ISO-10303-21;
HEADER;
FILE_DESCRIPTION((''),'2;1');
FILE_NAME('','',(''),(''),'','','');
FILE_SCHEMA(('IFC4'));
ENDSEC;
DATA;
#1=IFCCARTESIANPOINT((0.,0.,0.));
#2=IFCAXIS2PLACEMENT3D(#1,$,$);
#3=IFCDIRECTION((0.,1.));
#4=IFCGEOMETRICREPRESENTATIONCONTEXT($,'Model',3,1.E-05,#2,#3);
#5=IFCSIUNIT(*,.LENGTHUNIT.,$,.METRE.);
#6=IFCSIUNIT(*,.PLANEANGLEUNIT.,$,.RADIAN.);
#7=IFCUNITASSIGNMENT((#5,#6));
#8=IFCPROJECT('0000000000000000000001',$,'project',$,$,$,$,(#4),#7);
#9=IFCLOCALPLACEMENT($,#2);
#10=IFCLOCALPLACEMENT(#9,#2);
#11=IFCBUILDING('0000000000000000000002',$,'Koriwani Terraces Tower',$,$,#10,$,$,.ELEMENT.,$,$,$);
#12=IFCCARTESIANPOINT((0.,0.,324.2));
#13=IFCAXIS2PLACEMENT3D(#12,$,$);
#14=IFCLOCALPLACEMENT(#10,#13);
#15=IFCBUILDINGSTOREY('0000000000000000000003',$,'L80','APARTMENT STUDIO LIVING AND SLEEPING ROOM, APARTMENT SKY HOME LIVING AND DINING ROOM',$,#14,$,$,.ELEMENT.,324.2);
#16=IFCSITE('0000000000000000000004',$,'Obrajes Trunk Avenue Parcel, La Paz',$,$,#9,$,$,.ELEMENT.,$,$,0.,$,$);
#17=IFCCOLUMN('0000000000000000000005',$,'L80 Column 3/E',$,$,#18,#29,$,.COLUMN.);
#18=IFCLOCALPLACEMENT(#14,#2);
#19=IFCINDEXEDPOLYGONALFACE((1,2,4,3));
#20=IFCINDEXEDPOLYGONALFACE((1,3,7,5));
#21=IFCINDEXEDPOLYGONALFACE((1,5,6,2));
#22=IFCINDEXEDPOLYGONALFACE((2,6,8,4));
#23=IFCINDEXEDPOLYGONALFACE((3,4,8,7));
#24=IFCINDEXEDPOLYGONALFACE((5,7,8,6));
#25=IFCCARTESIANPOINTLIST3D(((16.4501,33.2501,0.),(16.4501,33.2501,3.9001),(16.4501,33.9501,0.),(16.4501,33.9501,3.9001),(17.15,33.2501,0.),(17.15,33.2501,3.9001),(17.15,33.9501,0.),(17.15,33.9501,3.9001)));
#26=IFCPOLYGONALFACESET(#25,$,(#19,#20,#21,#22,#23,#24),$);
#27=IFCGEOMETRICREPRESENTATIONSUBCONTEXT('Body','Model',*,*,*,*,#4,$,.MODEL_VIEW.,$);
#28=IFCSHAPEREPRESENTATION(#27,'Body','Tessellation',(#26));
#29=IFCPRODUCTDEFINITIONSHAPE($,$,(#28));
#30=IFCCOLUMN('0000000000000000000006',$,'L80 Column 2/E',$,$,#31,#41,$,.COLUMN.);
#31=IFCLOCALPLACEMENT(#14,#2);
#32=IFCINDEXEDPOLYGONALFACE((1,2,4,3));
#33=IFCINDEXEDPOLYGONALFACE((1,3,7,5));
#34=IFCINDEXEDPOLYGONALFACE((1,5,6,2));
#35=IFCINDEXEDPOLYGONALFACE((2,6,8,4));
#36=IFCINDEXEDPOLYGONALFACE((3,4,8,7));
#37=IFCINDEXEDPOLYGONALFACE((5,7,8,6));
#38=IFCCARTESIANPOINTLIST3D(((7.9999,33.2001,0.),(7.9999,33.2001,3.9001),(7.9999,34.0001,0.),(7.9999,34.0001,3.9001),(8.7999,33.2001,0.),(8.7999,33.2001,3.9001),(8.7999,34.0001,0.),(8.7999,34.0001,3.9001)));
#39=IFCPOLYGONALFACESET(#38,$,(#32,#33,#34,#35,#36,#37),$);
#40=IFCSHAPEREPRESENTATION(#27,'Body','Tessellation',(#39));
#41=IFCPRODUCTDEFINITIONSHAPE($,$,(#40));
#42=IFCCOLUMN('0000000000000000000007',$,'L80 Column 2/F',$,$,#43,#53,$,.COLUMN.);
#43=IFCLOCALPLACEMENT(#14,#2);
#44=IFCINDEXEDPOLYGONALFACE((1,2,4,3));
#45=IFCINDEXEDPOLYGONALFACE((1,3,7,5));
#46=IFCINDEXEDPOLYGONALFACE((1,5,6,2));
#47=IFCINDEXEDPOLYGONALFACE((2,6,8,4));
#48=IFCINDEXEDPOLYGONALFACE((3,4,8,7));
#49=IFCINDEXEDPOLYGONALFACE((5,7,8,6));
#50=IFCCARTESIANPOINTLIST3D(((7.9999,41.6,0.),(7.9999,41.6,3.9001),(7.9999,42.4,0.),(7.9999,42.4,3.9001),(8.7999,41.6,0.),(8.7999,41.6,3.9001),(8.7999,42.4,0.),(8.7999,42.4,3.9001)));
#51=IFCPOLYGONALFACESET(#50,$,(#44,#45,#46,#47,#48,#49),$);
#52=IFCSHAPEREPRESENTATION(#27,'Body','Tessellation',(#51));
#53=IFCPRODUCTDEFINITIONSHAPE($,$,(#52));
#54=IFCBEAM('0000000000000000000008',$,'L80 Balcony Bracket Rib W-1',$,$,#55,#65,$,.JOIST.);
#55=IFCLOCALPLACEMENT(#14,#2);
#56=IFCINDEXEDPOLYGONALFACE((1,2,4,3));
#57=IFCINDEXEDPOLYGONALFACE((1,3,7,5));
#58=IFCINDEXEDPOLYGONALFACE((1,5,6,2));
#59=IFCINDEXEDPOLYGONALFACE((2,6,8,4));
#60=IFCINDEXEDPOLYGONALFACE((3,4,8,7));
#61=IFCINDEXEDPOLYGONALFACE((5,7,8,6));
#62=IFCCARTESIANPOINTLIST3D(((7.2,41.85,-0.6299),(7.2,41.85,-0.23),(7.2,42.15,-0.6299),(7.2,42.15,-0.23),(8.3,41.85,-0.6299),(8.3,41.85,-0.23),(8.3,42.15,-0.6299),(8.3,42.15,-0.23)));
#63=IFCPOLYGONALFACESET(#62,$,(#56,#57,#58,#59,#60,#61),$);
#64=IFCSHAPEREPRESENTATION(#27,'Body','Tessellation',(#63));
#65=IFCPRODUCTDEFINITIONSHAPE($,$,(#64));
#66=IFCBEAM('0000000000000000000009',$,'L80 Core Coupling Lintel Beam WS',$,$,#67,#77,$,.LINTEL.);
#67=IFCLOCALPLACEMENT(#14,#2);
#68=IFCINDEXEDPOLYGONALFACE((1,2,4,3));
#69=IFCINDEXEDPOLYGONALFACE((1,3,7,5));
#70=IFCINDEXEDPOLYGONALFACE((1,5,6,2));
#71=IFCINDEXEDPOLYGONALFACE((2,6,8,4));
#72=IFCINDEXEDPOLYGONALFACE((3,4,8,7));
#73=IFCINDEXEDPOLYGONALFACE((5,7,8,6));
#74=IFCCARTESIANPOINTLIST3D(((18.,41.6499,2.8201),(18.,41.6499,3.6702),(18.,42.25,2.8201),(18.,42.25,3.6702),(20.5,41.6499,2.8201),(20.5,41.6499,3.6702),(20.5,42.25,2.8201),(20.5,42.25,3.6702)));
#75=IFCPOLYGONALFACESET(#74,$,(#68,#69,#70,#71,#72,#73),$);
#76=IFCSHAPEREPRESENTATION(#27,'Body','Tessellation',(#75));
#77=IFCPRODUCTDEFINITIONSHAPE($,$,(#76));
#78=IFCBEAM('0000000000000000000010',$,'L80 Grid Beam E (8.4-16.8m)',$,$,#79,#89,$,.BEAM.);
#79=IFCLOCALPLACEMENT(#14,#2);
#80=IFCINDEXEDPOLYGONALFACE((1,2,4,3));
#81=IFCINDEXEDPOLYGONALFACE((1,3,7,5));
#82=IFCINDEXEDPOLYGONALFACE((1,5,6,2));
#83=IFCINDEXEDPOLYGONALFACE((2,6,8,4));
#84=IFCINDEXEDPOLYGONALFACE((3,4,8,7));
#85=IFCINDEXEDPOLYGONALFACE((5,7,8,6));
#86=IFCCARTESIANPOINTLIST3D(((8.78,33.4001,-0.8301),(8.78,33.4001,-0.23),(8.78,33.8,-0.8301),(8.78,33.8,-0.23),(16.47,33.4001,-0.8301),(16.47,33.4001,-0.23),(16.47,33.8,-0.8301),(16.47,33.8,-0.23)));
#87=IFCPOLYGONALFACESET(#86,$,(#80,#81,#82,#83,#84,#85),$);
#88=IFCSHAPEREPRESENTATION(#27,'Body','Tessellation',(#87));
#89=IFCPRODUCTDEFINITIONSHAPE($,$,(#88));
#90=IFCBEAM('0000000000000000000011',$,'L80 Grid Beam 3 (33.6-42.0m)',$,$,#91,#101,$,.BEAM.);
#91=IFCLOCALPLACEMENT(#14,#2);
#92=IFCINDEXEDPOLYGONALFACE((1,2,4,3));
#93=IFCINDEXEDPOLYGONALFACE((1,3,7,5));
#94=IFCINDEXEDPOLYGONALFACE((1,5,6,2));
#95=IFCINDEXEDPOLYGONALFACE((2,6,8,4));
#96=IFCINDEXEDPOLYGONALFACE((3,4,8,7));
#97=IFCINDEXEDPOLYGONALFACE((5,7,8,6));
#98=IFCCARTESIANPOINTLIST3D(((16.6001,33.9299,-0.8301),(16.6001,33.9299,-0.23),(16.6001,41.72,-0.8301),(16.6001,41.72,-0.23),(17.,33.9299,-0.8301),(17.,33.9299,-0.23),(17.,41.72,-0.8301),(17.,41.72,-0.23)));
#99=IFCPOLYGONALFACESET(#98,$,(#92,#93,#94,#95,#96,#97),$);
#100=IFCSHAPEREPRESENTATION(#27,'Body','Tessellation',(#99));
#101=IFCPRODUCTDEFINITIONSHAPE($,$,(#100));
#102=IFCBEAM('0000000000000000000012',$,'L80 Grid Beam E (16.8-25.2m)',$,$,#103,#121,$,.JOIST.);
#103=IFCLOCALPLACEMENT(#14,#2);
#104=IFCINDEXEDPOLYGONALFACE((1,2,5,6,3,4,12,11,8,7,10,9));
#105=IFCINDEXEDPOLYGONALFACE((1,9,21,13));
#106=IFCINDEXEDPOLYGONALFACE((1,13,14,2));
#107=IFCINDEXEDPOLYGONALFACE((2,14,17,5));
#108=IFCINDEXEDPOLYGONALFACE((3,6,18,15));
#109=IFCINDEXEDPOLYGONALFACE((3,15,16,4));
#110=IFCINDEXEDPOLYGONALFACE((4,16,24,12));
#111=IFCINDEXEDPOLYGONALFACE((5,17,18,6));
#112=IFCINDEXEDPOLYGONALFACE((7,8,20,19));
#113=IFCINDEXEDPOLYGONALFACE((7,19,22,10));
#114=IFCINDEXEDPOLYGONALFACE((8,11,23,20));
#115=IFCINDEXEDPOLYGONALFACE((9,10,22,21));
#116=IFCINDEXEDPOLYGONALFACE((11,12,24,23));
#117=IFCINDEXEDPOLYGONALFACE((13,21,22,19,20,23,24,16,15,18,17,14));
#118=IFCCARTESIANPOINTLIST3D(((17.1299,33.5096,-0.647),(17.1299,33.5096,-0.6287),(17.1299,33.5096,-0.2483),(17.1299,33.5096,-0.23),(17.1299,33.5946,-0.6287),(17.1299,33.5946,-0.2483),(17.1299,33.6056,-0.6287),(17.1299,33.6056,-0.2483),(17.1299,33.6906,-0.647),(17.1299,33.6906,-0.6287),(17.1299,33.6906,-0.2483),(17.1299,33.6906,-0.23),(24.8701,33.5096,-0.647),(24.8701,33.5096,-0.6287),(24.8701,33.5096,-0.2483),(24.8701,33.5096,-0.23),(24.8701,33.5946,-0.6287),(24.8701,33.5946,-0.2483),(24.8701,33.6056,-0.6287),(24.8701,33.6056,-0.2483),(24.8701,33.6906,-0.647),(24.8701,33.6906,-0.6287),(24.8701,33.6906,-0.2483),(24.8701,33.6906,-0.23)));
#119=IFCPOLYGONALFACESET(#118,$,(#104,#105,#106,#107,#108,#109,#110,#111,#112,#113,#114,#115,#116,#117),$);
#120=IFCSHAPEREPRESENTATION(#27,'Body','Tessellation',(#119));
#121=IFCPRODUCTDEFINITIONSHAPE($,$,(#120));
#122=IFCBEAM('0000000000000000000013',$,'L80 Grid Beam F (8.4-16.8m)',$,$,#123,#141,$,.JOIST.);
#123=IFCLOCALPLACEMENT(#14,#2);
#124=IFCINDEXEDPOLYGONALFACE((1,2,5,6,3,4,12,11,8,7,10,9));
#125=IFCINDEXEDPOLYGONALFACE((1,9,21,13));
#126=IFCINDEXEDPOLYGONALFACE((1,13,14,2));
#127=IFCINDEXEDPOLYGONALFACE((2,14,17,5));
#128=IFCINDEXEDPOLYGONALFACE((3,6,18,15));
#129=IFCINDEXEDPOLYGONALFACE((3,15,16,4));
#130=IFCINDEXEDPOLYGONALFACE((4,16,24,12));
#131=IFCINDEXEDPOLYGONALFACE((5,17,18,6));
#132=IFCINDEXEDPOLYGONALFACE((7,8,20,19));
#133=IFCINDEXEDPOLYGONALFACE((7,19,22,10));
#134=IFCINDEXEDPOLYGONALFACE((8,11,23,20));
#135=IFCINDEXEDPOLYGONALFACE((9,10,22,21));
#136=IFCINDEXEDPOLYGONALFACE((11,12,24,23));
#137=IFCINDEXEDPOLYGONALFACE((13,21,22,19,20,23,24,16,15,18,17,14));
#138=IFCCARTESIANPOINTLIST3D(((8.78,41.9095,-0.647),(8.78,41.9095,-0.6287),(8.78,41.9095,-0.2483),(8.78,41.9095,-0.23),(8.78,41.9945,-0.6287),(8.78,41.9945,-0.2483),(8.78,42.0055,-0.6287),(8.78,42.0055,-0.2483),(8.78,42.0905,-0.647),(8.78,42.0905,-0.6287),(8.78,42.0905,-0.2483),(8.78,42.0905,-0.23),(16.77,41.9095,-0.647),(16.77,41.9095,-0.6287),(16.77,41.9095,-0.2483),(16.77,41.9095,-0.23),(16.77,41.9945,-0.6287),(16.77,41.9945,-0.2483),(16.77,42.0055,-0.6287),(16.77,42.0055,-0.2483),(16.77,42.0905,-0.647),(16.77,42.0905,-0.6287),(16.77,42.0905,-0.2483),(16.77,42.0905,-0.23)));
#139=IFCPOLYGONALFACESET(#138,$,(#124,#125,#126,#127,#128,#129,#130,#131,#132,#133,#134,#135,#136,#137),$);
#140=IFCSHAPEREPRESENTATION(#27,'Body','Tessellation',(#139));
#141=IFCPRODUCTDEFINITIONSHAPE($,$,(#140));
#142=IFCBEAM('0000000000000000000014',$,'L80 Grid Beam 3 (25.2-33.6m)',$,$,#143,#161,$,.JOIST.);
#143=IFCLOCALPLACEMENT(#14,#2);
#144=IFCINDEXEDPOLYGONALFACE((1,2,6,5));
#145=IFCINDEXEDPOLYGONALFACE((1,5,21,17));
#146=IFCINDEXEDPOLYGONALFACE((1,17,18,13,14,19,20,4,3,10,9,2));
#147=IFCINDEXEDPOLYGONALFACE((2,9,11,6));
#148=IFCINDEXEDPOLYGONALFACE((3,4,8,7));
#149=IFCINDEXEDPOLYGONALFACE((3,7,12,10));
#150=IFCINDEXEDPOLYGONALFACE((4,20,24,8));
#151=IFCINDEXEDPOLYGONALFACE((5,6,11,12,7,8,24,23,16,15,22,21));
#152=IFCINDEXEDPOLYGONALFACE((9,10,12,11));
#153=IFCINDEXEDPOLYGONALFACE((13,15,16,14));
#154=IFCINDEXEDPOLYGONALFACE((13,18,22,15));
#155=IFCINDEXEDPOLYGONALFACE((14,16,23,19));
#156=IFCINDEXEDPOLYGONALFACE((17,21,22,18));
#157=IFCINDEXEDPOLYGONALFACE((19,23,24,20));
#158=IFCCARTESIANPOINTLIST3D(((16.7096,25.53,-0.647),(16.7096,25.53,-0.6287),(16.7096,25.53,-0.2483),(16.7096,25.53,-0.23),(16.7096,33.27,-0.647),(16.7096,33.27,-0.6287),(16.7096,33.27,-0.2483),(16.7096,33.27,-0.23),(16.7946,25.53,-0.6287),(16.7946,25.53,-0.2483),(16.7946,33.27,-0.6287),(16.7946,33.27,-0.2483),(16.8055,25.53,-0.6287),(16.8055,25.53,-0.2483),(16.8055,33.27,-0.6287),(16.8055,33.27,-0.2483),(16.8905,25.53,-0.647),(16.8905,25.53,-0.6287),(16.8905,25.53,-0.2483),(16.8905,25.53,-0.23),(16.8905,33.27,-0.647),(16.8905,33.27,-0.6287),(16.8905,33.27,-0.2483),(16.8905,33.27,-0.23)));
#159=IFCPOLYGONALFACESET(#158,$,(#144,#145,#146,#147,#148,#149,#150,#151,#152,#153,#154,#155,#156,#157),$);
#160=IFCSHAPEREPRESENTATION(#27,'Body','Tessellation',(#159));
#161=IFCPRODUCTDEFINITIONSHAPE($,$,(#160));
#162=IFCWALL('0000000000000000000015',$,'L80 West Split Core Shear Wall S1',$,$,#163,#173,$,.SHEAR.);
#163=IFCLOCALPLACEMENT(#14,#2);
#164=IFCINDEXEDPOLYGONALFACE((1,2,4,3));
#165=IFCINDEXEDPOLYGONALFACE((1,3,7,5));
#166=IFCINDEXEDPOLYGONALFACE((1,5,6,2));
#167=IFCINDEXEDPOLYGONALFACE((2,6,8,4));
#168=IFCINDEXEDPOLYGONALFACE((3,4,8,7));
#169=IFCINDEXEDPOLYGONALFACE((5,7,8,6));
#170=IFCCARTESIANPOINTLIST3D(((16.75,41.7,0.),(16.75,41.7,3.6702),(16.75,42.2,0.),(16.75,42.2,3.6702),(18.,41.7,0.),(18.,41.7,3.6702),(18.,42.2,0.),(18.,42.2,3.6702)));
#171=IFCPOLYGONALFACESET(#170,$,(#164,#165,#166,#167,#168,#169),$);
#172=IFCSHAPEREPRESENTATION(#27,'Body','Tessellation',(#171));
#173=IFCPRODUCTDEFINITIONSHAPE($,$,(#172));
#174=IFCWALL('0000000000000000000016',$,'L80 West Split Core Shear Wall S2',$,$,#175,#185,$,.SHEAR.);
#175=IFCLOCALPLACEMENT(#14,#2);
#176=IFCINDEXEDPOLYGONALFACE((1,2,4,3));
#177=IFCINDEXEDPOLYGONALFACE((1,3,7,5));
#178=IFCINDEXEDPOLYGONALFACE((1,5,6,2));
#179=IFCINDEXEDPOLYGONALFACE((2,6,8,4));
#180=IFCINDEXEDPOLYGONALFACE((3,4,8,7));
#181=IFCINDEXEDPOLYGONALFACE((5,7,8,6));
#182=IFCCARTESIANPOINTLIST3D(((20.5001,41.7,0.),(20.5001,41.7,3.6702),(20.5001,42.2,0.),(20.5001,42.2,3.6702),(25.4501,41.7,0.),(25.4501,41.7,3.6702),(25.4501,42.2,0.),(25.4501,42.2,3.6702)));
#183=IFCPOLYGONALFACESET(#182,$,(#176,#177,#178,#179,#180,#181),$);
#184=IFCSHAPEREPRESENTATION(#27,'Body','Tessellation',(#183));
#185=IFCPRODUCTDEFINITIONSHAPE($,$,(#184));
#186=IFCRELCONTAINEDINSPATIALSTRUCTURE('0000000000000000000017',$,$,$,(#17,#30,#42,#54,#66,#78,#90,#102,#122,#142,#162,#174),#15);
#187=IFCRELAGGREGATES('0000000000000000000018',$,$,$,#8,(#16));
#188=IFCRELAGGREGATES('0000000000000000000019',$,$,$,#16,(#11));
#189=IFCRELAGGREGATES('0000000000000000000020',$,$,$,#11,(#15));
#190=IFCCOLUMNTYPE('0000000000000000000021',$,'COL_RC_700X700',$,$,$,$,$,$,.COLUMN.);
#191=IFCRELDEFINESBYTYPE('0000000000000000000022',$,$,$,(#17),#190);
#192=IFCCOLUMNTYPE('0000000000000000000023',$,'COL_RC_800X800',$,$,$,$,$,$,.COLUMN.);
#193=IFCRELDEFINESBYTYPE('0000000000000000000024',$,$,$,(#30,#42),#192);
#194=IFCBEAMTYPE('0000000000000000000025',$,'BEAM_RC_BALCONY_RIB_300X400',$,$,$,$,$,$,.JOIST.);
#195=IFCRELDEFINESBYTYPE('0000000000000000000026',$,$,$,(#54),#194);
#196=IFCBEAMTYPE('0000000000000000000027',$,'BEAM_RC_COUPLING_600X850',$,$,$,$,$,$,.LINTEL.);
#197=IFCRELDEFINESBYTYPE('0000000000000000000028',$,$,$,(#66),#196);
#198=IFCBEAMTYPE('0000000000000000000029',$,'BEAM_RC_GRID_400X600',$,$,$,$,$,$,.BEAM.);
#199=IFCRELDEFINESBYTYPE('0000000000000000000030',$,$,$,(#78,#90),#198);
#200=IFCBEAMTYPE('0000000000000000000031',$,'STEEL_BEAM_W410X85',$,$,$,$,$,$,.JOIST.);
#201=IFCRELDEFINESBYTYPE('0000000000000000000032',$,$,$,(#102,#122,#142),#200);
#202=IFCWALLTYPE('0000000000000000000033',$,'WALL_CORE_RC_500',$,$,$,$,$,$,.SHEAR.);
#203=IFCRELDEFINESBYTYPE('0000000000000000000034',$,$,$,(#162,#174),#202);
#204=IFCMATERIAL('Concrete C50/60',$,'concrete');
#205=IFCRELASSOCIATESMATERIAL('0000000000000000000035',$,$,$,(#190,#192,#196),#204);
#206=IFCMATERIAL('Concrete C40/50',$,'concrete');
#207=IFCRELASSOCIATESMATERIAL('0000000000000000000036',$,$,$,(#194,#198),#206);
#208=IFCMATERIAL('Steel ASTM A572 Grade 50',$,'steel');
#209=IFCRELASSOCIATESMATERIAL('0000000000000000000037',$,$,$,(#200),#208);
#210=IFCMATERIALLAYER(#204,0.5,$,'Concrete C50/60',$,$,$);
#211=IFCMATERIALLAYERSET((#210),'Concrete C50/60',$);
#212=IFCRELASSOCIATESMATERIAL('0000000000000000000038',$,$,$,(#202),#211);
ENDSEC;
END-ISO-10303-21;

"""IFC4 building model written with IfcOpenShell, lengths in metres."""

from ifc_helpers import new_model, si_unit, direction, frame, frame_2d, origin, origin_2d, place, context, subcontext, project, spatial, rectangle, i_section, extrude, material, layer, layer_set, material_profile, profile_set, type_object, element, save


model = new_model("IFC4")

# Units and contexts
model_context = context("Model", 3, precision=1e-05, world=origin(), true_north=direction((0.0, 1.0)))
body_context = subcontext(model_context, "Body", "Model", "MODEL_VIEW")
ifc_project = project(units=[si_unit("LENGTHUNIT", "METRE"), si_unit("PLANEANGLEUNIT", "RADIAN")], contexts=[model_context])

# Site, building, storey
site_placement = place(None, origin())
site = spatial("IfcSite", under=ifc_project, at=site_placement, Name="Obrajes Trunk Avenue Parcel, La Paz", CompositionType="ELEMENT", RefElevation=0.0)
building_placement = place(site_placement, origin())
building = spatial("IfcBuilding", under=site, at=building_placement, Name="Koriwani Terraces Tower", CompositionType="ELEMENT")
storey_placement = place(building_placement, frame((0.0, 0.0, 324.2)))
storey = spatial("IfcBuildingStorey", under=building, at=storey_placement, Name="L80", Description="APARTMENT STUDIO LIVING AND SLEEPING ROOM, APARTMENT SKY HOME LIVING AND DINING ROOM", CompositionType="ELEMENT", Elevation=324.2)

# Columns
ifc_material_1 = material(Name="Concrete C50/60", Category="concrete")
ifc_material_profile_1 = material_profile(ifc_material_1, rectangle(XDim=0.7, YDim=0.7, at=origin_2d()), Name="Concrete C50/60", Category="LoadBearing")
ifc_profile_set_1 = profile_set([ifc_material_profile_1], Name="Concrete C50/60")
column_type_1 = type_object("IfcColumnType", Name="COL_RC_700X700", PredefinedType="COLUMN", material=ifc_profile_set_1)
column_placement = place(storey_placement, frame((16.8, 33.6001, 0.0), z_axis=(0.0, 0.0, 1.0), x_axis=(1.0, 0.0, 0.0)))
element("IfcColumn", 1, at=column_placement, inside=storey, type_object=column_type_1, Name="L80 Column 3/E", PredefinedType="COLUMN", context=body_context, shape_type="SweptSolid", body=[
    extrude(rectangle(XDim=0.7, YDim=0.7, at=origin_2d()), origin(), (0.0, 0.0, 1.0), 3.9001),
])
ifc_material_profile_2 = material_profile(ifc_material_1, rectangle(XDim=0.8, YDim=0.8, at=origin_2d()), Name="Concrete C50/60", Category="LoadBearing")
ifc_profile_set_2 = profile_set([ifc_material_profile_2], Name="Concrete C50/60")
column_type_2 = type_object("IfcColumnType", Name="COL_RC_800X800", PredefinedType="COLUMN", material=ifc_profile_set_2)
for number, where, z_axis, x_axis, name in (
    (2, (8.3999, 33.6001, 0.0), (0.0, 0.0, 1.0), (1.0, 0.0, 0.0), "L80 Column 2/E"),
    (3, (8.3999, 42.0, 0.0), (0.0, 0.0, 1.0), (1.0, 0.0, 0.0), "L80 Column 2/F"),
):
    element("IfcColumn", number, at=place(storey_placement, frame(where, z_axis=z_axis, x_axis=x_axis)), inside=storey, type_object=column_type_2, Name=name, PredefinedType="COLUMN", context=body_context, shape_type="SweptSolid", body=[
        extrude(rectangle(XDim=0.8, YDim=0.8, at=origin_2d()), origin(), (0.0, 0.0, 1.0), 3.9001),
    ])

# Beams
ifc_material_2 = material(Name="Concrete C40/50", Category="concrete")
ifc_material_profile_3 = material_profile(ifc_material_2, rectangle(XDim=0.3, YDim=0.3999, at=origin_2d()), Name="Concrete C40/50", Category="LoadBearing")
ifc_profile_set_3 = profile_set([ifc_material_profile_3], Name="Concrete C40/50")
beam_type_1 = type_object("IfcBeamType", Name="BEAM_RC_BALCONY_RIB_300X400", PredefinedType="JOIST", material=ifc_profile_set_3)
beam_1_placement = place(storey_placement, frame((7.2, 42.0, -0.4299), z_axis=(1.0, 0.0, 0.0), x_axis=(0.0, 1.0, 0.0)))
element("IfcBeam", 4, at=beam_1_placement, inside=storey, type_object=beam_type_1, Name="L80 Balcony Bracket Rib W-1", PredefinedType="JOIST", context=body_context, shape_type="SweptSolid", body=[
    extrude(rectangle(XDim=0.3, YDim=0.3999, at=origin_2d()), origin(), (0.0, 0.0, 1.0), 1.1001),
])
ifc_material_profile_4 = material_profile(ifc_material_1, rectangle(XDim=0.6001, YDim=0.8501, at=origin_2d()), Name="Concrete C50/60", Category="LoadBearing")
ifc_profile_set_4 = profile_set([ifc_material_profile_4], Name="Concrete C50/60")
beam_type_2 = type_object("IfcBeamType", Name="BEAM_RC_COUPLING_600X850", PredefinedType="LINTEL", material=ifc_profile_set_4)
beam_2_placement = place(storey_placement, frame((18.0, 41.95, 3.2451), z_axis=(1.0, 0.0, 0.0), x_axis=(0.0, 1.0, 0.0)))
element("IfcBeam", 5, at=beam_2_placement, inside=storey, type_object=beam_type_2, Name="L80 Core Coupling Lintel Beam WS", PredefinedType="LINTEL", context=body_context, shape_type="SweptSolid", body=[
    extrude(rectangle(XDim=0.6001, YDim=0.8501, at=origin_2d()), origin(), (0.0, 0.0, 1.0), 2.5),
])
ifc_material_profile_5 = material_profile(ifc_material_2, rectangle(XDim=0.3999, YDim=0.6001, at=origin_2d()), Name="Concrete C40/50", Category="LoadBearing")
ifc_profile_set_5 = profile_set([ifc_material_profile_5], Name="Concrete C40/50")
beam_type_3 = type_object("IfcBeamType", Name="BEAM_RC_GRID_400X600", PredefinedType="BEAM", material=ifc_profile_set_5)
beam_3_placement = place(storey_placement, frame((8.78, 33.6001, -0.53), z_axis=(1.0, 0.0, 0.0), x_axis=(0.0, 1.0, 0.0)))
element("IfcBeam", 6, at=beam_3_placement, inside=storey, type_object=beam_type_3, Name="L80 Grid Beam E (8.4-16.8m)", PredefinedType="BEAM", context=body_context, shape_type="SweptSolid", body=[
    extrude(rectangle(XDim=0.3999, YDim=0.6001, at=origin_2d()), origin(), (0.0, 0.0, 1.0), 7.6899),
])
beam_4_placement = place(storey_placement, frame((16.8, 33.9299, -0.53), z_axis=(0.0, 1.0, 0.0), x_axis=(-1.0, 0.0, 0.0)))
element("IfcBeam", 7, at=beam_4_placement, inside=storey, type_object=beam_type_3, Name="L80 Grid Beam 3 (33.6-42.0m)", PredefinedType="BEAM", context=body_context, shape_type="SweptSolid", body=[
    extrude(rectangle(XDim=0.3999, YDim=0.6001, at=origin_2d()), origin(), (0.0, 0.0, 1.0), 7.79),
])
ifc_material_3 = material(Name="Steel ASTM A572 Grade 50", Category="steel")
ifc_material_profile_6 = material_profile(ifc_material_3, i_section(OverallWidth=0.1809, OverallDepth=0.417, WebThickness=0.011, FlangeThickness=0.0183, at=origin_2d()), Name="Steel ASTM A572 Grade 50", Category="LoadBearing")
ifc_profile_set_6 = profile_set([ifc_material_profile_6], Name="Steel ASTM A572 Grade 50")
beam_type_4 = type_object("IfcBeamType", Name="STEEL_BEAM_W410X85", PredefinedType="JOIST", material=ifc_profile_set_6)
beam_5_placement = place(storey_placement, frame((17.1299, 33.6001, -0.4385), z_axis=(1.0, 0.0, 0.0), x_axis=(0.0, 1.0, 0.0)))
element("IfcBeam", 8, at=beam_5_placement, inside=storey, type_object=beam_type_4, Name="L80 Grid Beam E (16.8-25.2m)", PredefinedType="JOIST", context=body_context, shape_type="SweptSolid", body=[
    extrude(i_section(OverallWidth=0.1809, OverallDepth=0.417, WebThickness=0.011, FlangeThickness=0.0183, at=origin_2d()), origin(), (0.0, 0.0, 1.0), 7.7402),
])
beam_6_placement = place(storey_placement, frame((8.78, 42.0, -0.4385), z_axis=(1.0, 0.0, 0.0), x_axis=(0.0, 1.0, 0.0)))
element("IfcBeam", 9, at=beam_6_placement, inside=storey, type_object=beam_type_4, Name="L80 Grid Beam F (8.4-16.8m)", PredefinedType="JOIST", context=body_context, shape_type="SweptSolid", body=[
    extrude(i_section(OverallWidth=0.1809, OverallDepth=0.417, WebThickness=0.011, FlangeThickness=0.0183, at=origin_2d()), origin(), (0.0, 0.0, 1.0), 7.99),
])
beam_7_placement = place(storey_placement, frame((16.8, 25.53, -0.4385), z_axis=(0.0, 1.0, 0.0), x_axis=(-1.0, 0.0, 0.0)))
element("IfcBeam", 10, at=beam_7_placement, inside=storey, type_object=beam_type_4, Name="L80 Grid Beam 3 (25.2-33.6m)", PredefinedType="JOIST", context=body_context, shape_type="SweptSolid", body=[
    extrude(i_section(OverallWidth=0.1809, OverallDepth=0.417, WebThickness=0.011, FlangeThickness=0.0183, at=origin_2d()), origin(), (0.0, 0.0, 1.0), 7.74),
])

# Walls
ifc_layer_1 = layer(ifc_material_1, 0.5, Name="Concrete C50/60")
ifc_layer_set_1 = layer_set([ifc_layer_1], Name="Concrete C50/60")
wall_type_1 = type_object("IfcWallType", Name="WALL_CORE_RC_500", PredefinedType="SHEAR", material=ifc_layer_set_1)
wall_1_placement = place(storey_placement, frame((16.75, 41.95, 0.0), z_axis=(0.0, 0.0, 1.0), x_axis=(1.0, 0.0, 0.0)))
element("IfcWall", 11, at=wall_1_placement, inside=storey, type_object=wall_type_1, Name="L80 West Split Core Shear Wall S1", PredefinedType="SHEAR", context=body_context, shape_type="SweptSolid", body=[
    extrude(rectangle(XDim=1.25, YDim=0.5, at=frame_2d((0.625, 0.0))), origin(), (0.0, 0.0, 1.0), 3.6702),
])
wall_2_placement = place(storey_placement, frame((20.5, 41.95, 0.0), z_axis=(0.0, 0.0, 1.0), x_axis=(1.0, 0.0, 0.0)))
element("IfcWall", 12, at=wall_2_placement, inside=storey, type_object=wall_type_1, Name="L80 West Split Core Shear Wall S2", PredefinedType="SHEAR", context=body_context, shape_type="SweptSolid", body=[
    extrude(rectangle(XDim=4.95, YDim=0.5, at=frame_2d((2.4751, 0.0))), origin(), (0.0, 0.0, 1.0), 3.6702),
])

save(model, "model.ifc")
